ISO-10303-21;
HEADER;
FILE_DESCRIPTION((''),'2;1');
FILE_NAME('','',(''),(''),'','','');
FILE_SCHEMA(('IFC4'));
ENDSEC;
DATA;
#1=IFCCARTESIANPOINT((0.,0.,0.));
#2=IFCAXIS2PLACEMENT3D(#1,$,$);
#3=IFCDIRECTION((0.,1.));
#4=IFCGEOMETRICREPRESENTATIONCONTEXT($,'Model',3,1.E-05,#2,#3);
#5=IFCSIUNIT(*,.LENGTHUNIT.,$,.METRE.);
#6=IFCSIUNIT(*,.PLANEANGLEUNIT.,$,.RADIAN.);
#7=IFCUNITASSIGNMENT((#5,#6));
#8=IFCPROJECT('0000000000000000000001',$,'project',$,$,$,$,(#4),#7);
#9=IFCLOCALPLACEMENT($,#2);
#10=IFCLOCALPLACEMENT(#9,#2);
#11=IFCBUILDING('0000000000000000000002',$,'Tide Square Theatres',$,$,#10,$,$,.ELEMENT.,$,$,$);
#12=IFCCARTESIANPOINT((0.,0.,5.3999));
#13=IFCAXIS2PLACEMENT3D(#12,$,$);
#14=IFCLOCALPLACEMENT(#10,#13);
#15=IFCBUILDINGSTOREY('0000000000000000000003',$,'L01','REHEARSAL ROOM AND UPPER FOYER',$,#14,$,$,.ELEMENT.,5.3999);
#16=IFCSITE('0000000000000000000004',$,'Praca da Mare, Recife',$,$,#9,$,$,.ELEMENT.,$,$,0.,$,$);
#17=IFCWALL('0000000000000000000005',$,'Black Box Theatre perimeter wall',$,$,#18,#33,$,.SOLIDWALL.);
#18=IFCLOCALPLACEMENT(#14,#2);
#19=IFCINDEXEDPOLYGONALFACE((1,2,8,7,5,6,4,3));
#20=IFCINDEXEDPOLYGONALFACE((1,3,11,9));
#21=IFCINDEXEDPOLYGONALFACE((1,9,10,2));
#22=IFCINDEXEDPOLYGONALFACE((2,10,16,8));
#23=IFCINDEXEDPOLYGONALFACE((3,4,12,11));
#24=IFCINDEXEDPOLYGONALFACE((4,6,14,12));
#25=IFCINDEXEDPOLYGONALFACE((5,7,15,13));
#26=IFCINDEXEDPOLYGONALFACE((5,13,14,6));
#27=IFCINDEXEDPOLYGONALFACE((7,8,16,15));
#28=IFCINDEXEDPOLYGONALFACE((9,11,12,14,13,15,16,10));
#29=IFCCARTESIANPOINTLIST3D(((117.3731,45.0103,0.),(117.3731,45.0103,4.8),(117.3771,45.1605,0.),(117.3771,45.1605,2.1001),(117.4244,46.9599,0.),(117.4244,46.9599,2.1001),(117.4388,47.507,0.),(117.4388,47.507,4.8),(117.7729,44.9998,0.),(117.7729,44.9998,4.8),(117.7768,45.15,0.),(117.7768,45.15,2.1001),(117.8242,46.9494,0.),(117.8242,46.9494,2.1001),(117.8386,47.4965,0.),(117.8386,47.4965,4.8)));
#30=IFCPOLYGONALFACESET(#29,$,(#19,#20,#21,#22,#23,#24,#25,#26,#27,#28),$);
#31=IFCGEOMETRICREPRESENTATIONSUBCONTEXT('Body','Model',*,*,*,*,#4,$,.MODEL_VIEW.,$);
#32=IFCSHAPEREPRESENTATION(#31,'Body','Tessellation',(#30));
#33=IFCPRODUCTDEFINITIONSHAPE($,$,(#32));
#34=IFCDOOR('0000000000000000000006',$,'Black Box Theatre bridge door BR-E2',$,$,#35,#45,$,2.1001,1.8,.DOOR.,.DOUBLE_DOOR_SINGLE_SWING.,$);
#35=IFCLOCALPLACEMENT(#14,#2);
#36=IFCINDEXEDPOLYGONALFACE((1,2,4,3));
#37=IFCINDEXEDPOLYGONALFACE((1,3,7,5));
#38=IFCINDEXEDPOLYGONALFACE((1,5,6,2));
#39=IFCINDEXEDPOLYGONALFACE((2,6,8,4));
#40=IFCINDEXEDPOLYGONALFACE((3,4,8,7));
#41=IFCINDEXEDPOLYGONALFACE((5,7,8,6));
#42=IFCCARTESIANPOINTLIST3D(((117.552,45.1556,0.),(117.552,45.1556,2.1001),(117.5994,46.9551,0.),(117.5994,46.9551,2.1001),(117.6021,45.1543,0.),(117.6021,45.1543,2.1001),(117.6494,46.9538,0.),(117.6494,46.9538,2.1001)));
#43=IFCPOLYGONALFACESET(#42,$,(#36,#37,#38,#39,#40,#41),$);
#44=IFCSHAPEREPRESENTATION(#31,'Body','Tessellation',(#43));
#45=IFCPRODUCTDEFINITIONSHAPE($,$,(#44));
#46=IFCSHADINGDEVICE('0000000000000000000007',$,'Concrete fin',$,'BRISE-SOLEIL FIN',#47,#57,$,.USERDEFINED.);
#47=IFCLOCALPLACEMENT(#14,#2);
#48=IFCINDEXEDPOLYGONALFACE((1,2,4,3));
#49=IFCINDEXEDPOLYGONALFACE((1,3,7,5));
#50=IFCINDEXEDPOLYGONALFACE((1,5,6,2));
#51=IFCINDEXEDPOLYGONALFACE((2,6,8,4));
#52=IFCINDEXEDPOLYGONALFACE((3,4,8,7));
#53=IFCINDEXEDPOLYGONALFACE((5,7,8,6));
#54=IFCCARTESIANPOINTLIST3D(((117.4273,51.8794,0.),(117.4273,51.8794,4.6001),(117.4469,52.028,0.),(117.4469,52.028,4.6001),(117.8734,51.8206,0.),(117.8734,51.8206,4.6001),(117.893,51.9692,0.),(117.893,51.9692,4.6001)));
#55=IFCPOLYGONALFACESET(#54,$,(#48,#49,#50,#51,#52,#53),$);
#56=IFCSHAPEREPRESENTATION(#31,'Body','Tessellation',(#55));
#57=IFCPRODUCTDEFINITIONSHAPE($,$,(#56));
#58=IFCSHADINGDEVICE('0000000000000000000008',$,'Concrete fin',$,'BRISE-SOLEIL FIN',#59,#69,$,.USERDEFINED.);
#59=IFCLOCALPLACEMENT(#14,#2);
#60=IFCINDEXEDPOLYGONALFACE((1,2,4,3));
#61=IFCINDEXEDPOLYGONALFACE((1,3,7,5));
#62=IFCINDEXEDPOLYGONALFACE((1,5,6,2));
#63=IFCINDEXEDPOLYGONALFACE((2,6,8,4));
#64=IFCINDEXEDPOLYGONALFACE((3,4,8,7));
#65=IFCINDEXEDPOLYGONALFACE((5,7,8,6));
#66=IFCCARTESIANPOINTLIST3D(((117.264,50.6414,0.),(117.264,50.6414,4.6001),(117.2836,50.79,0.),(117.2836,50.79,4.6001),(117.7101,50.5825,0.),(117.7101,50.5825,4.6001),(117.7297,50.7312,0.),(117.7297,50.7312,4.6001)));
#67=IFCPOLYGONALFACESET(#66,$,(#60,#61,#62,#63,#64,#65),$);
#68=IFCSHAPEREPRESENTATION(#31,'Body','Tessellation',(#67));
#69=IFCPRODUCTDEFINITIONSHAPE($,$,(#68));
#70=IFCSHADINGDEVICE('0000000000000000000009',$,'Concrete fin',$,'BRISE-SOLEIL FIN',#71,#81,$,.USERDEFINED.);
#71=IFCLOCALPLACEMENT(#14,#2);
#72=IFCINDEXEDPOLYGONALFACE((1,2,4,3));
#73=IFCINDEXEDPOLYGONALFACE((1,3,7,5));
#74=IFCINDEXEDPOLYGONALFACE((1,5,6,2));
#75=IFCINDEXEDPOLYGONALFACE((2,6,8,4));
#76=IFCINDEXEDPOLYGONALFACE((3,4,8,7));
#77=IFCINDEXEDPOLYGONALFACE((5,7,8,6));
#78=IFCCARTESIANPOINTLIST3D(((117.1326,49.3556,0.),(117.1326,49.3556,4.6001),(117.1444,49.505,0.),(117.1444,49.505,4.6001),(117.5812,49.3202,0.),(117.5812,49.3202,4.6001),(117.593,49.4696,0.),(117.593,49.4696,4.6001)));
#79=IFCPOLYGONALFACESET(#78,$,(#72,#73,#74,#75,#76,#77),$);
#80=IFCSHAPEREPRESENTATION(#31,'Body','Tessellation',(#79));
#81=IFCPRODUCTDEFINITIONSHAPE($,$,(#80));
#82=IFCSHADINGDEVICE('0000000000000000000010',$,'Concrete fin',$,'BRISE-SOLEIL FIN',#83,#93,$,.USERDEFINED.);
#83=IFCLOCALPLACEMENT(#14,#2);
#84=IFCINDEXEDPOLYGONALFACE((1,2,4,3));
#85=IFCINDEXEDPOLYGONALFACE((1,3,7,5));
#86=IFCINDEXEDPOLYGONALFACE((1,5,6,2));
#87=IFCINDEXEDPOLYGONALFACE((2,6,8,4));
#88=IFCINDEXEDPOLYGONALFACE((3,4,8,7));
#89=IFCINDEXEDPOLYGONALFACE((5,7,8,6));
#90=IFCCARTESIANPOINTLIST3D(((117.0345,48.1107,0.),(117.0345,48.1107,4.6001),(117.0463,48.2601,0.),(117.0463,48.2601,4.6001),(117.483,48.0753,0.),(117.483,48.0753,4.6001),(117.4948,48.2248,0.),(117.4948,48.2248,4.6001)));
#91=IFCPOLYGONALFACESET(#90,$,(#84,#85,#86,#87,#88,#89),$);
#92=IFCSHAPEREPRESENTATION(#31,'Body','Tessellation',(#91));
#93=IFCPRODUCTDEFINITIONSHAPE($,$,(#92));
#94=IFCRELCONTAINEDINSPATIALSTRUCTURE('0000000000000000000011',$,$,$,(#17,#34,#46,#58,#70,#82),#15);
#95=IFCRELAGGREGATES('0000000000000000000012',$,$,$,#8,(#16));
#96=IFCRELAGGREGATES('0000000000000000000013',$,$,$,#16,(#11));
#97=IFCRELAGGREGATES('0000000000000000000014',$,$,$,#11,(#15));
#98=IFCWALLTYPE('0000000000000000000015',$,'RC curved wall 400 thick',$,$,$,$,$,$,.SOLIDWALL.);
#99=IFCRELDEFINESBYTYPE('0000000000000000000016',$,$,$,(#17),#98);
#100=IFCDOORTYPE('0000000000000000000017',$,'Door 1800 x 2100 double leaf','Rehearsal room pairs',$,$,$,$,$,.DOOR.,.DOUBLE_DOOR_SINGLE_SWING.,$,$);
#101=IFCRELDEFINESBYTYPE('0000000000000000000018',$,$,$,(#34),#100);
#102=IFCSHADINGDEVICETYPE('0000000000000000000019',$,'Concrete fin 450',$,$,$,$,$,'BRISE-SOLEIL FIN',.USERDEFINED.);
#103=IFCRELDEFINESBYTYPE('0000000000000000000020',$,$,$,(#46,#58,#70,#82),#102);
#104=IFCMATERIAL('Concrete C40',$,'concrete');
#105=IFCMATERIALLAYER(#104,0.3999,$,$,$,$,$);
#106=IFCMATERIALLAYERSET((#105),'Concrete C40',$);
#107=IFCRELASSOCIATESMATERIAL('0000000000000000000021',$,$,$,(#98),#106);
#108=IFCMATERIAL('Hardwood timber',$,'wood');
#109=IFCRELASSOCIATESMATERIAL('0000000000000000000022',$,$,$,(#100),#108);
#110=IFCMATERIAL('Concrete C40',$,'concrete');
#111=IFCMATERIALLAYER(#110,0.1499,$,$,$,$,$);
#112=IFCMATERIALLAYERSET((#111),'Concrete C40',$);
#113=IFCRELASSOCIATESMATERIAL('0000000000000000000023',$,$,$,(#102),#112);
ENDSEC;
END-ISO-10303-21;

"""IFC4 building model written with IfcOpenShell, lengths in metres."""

from ifc_helpers import new_model, si_unit, direction, frame, frame_2d, origin, origin_2d, place, context, subcontext, project, spatial, rectangle, extrude, material, layer, layer_set, type_object, element, fill, save


model = new_model("IFC4")

# Units and contexts
model_context = context("Model", 3, precision=1e-05, world=origin(), true_north=direction((0.0, 1.0)))
body_context = subcontext(model_context, "Body", "Model", "MODEL_VIEW")
ifc_project = project(units=[si_unit("LENGTHUNIT", "METRE"), si_unit("PLANEANGLEUNIT", "RADIAN")], contexts=[model_context])

# Site, building, storey
site_placement = place(None, origin())
site = spatial("IfcSite", under=ifc_project, at=site_placement, Name="Praca da Mare, Recife", CompositionType="ELEMENT", RefElevation=0.0)
building_placement = place(site_placement, origin())
building = spatial("IfcBuilding", under=site, at=building_placement, Name="Tide Square Theatres", CompositionType="ELEMENT")
storey_placement = place(building_placement, frame((0.0, 0.0, 5.3999)))
storey = spatial("IfcBuildingStorey", under=building, at=storey_placement, Name="L01", Description="REHEARSAL ROOM AND UPPER FOYER", CompositionType="ELEMENT", Elevation=5.3999)

# Shared definitions
ifc_material_1 = material(Name="Concrete C40", Category="concrete")
ifc_layer_1 = layer(ifc_material_1, 0.3999)
ifc_layer_set_1 = layer_set([ifc_layer_1], Name="Concrete C40")
wall_type_1 = type_object("IfcWallType", Name="RC curved wall 400 thick", PredefinedType="SOLIDWALL", material=ifc_layer_set_1)

# Wall, opening, door
wall_1_placement = place(storey_placement, frame((117.6387, 47.5017, 0.0), z_axis=(0.0, 0.0, 1.0), x_axis=(-0.026296, -0.999654, 0.0)))
wall_1 = element("IfcWall", 1, at=wall_1_placement, inside=storey, type_object=wall_type_1, Name="Black Box Theatre perimeter wall", PredefinedType="SOLIDWALL", context=body_context, shape_type="SweptSolid", body=[
    extrude(rectangle(XDim=2.4976, YDim=0.3999, at=frame_2d((1.2488, 0.0))), origin(), (0.0, 0.0, 1.0), 4.8),
])
opening_1_placement = place(wall_1_placement, frame((0.5474, 0.0, 0.0)))
opening_1 = element("IfcOpeningElement", 2, at=opening_1_placement, cuts=wall_1, PredefinedType="OPENING", context=body_context, shape_type="SweptSolid", body=[
    extrude(rectangle(XDim=1.8, YDim=2.1001, at=frame_2d((0.8999, 1.05))), frame((0.0, 0.21, 0.0), z_axis=(0.0, -1.0, 0.0), x_axis=(1.0, 0.0, 0.0)), (0.0, 0.0, 1.0), 0.4199),
])
ifc_material_2 = material(Name="Hardwood timber", Category="wood")
door_type = type_object("IfcDoorType", Name="Door 1800 x 2100 double leaf", Description="Rehearsal room pairs", OperationType="DOUBLE_DOOR_SINGLE_SWING", PredefinedType="DOOR", material=ifc_material_2)
door_placement = place(opening_1_placement, frame((1.8, 0.0, 0.0), z_axis=(0.0, 0.0, 1.0), x_axis=(-1.0, 0.0, 0.0)))
door = element("IfcDoor", 3, at=door_placement, inside=storey, type_object=door_type, Name="Black Box Theatre bridge door BR-E2", OperationType="DOUBLE_DOOR_SINGLE_SWING", OverallHeight=2.1001, OverallWidth=1.8, PredefinedType="DOOR", context=body_context, shape_type="SweptSolid", body=[
    extrude(rectangle(XDim=1.8, YDim=2.1001, at=frame_2d((0.8999, 1.05))), frame((0.0, 0.0249, 0.0), z_axis=(0.0, -1.0, 0.0), x_axis=(1.0, 0.0, 0.0)), (0.0, 0.0, 1.0), 0.05),
])
fill(opening_1, door)

# Shading devices
ifc_material_3 = material(Name="Concrete C40", Category="concrete")
ifc_layer_2 = layer(ifc_material_3, 0.1499)
ifc_layer_set_2 = layer_set([ifc_layer_2], Name="Concrete C40")
shading_device_type = type_object("IfcShadingDeviceType", Name="Concrete fin 450", ElementType="BRISE-SOLEIL FIN", PredefinedType="USERDEFINED", material=ifc_layer_set_2)
for number, where, z_axis, x_axis, name in (
    (4, (117.6602, 51.9243, 0.0), (0.0, 0.0, 1.0), (-0.130786, -0.991411, 0.0), "Concrete fin"),
    (5, (117.4968, 50.6863, 0.0), (0.0, 0.0, 1.0), (-0.130786, -0.991411, 0.0), "Concrete fin"),
    (6, (117.3628, 49.4126, 0.0), (0.0, 0.0, 1.0), (-0.078616, -0.996905, 0.0), "Concrete fin"),
    (7, (117.2646, 48.1677, 0.0), (0.0, 0.0, 1.0), (-0.078616, -0.996905, 0.0), "Concrete fin"),
):
    element("IfcShadingDevice", number, at=place(storey_placement, frame(where, z_axis=z_axis, x_axis=x_axis)), inside=storey, type_object=shading_device_type, Name=name, ObjectType="BRISE-SOLEIL FIN", PredefinedType="USERDEFINED", context=body_context, shape_type="SweptSolid", body=[
        extrude(rectangle(XDim=0.1499, YDim=0.45, at=origin_2d()), origin(), (0.0, 0.0, 1.0), 4.6001),
    ])

save(model, "model.ifc")
